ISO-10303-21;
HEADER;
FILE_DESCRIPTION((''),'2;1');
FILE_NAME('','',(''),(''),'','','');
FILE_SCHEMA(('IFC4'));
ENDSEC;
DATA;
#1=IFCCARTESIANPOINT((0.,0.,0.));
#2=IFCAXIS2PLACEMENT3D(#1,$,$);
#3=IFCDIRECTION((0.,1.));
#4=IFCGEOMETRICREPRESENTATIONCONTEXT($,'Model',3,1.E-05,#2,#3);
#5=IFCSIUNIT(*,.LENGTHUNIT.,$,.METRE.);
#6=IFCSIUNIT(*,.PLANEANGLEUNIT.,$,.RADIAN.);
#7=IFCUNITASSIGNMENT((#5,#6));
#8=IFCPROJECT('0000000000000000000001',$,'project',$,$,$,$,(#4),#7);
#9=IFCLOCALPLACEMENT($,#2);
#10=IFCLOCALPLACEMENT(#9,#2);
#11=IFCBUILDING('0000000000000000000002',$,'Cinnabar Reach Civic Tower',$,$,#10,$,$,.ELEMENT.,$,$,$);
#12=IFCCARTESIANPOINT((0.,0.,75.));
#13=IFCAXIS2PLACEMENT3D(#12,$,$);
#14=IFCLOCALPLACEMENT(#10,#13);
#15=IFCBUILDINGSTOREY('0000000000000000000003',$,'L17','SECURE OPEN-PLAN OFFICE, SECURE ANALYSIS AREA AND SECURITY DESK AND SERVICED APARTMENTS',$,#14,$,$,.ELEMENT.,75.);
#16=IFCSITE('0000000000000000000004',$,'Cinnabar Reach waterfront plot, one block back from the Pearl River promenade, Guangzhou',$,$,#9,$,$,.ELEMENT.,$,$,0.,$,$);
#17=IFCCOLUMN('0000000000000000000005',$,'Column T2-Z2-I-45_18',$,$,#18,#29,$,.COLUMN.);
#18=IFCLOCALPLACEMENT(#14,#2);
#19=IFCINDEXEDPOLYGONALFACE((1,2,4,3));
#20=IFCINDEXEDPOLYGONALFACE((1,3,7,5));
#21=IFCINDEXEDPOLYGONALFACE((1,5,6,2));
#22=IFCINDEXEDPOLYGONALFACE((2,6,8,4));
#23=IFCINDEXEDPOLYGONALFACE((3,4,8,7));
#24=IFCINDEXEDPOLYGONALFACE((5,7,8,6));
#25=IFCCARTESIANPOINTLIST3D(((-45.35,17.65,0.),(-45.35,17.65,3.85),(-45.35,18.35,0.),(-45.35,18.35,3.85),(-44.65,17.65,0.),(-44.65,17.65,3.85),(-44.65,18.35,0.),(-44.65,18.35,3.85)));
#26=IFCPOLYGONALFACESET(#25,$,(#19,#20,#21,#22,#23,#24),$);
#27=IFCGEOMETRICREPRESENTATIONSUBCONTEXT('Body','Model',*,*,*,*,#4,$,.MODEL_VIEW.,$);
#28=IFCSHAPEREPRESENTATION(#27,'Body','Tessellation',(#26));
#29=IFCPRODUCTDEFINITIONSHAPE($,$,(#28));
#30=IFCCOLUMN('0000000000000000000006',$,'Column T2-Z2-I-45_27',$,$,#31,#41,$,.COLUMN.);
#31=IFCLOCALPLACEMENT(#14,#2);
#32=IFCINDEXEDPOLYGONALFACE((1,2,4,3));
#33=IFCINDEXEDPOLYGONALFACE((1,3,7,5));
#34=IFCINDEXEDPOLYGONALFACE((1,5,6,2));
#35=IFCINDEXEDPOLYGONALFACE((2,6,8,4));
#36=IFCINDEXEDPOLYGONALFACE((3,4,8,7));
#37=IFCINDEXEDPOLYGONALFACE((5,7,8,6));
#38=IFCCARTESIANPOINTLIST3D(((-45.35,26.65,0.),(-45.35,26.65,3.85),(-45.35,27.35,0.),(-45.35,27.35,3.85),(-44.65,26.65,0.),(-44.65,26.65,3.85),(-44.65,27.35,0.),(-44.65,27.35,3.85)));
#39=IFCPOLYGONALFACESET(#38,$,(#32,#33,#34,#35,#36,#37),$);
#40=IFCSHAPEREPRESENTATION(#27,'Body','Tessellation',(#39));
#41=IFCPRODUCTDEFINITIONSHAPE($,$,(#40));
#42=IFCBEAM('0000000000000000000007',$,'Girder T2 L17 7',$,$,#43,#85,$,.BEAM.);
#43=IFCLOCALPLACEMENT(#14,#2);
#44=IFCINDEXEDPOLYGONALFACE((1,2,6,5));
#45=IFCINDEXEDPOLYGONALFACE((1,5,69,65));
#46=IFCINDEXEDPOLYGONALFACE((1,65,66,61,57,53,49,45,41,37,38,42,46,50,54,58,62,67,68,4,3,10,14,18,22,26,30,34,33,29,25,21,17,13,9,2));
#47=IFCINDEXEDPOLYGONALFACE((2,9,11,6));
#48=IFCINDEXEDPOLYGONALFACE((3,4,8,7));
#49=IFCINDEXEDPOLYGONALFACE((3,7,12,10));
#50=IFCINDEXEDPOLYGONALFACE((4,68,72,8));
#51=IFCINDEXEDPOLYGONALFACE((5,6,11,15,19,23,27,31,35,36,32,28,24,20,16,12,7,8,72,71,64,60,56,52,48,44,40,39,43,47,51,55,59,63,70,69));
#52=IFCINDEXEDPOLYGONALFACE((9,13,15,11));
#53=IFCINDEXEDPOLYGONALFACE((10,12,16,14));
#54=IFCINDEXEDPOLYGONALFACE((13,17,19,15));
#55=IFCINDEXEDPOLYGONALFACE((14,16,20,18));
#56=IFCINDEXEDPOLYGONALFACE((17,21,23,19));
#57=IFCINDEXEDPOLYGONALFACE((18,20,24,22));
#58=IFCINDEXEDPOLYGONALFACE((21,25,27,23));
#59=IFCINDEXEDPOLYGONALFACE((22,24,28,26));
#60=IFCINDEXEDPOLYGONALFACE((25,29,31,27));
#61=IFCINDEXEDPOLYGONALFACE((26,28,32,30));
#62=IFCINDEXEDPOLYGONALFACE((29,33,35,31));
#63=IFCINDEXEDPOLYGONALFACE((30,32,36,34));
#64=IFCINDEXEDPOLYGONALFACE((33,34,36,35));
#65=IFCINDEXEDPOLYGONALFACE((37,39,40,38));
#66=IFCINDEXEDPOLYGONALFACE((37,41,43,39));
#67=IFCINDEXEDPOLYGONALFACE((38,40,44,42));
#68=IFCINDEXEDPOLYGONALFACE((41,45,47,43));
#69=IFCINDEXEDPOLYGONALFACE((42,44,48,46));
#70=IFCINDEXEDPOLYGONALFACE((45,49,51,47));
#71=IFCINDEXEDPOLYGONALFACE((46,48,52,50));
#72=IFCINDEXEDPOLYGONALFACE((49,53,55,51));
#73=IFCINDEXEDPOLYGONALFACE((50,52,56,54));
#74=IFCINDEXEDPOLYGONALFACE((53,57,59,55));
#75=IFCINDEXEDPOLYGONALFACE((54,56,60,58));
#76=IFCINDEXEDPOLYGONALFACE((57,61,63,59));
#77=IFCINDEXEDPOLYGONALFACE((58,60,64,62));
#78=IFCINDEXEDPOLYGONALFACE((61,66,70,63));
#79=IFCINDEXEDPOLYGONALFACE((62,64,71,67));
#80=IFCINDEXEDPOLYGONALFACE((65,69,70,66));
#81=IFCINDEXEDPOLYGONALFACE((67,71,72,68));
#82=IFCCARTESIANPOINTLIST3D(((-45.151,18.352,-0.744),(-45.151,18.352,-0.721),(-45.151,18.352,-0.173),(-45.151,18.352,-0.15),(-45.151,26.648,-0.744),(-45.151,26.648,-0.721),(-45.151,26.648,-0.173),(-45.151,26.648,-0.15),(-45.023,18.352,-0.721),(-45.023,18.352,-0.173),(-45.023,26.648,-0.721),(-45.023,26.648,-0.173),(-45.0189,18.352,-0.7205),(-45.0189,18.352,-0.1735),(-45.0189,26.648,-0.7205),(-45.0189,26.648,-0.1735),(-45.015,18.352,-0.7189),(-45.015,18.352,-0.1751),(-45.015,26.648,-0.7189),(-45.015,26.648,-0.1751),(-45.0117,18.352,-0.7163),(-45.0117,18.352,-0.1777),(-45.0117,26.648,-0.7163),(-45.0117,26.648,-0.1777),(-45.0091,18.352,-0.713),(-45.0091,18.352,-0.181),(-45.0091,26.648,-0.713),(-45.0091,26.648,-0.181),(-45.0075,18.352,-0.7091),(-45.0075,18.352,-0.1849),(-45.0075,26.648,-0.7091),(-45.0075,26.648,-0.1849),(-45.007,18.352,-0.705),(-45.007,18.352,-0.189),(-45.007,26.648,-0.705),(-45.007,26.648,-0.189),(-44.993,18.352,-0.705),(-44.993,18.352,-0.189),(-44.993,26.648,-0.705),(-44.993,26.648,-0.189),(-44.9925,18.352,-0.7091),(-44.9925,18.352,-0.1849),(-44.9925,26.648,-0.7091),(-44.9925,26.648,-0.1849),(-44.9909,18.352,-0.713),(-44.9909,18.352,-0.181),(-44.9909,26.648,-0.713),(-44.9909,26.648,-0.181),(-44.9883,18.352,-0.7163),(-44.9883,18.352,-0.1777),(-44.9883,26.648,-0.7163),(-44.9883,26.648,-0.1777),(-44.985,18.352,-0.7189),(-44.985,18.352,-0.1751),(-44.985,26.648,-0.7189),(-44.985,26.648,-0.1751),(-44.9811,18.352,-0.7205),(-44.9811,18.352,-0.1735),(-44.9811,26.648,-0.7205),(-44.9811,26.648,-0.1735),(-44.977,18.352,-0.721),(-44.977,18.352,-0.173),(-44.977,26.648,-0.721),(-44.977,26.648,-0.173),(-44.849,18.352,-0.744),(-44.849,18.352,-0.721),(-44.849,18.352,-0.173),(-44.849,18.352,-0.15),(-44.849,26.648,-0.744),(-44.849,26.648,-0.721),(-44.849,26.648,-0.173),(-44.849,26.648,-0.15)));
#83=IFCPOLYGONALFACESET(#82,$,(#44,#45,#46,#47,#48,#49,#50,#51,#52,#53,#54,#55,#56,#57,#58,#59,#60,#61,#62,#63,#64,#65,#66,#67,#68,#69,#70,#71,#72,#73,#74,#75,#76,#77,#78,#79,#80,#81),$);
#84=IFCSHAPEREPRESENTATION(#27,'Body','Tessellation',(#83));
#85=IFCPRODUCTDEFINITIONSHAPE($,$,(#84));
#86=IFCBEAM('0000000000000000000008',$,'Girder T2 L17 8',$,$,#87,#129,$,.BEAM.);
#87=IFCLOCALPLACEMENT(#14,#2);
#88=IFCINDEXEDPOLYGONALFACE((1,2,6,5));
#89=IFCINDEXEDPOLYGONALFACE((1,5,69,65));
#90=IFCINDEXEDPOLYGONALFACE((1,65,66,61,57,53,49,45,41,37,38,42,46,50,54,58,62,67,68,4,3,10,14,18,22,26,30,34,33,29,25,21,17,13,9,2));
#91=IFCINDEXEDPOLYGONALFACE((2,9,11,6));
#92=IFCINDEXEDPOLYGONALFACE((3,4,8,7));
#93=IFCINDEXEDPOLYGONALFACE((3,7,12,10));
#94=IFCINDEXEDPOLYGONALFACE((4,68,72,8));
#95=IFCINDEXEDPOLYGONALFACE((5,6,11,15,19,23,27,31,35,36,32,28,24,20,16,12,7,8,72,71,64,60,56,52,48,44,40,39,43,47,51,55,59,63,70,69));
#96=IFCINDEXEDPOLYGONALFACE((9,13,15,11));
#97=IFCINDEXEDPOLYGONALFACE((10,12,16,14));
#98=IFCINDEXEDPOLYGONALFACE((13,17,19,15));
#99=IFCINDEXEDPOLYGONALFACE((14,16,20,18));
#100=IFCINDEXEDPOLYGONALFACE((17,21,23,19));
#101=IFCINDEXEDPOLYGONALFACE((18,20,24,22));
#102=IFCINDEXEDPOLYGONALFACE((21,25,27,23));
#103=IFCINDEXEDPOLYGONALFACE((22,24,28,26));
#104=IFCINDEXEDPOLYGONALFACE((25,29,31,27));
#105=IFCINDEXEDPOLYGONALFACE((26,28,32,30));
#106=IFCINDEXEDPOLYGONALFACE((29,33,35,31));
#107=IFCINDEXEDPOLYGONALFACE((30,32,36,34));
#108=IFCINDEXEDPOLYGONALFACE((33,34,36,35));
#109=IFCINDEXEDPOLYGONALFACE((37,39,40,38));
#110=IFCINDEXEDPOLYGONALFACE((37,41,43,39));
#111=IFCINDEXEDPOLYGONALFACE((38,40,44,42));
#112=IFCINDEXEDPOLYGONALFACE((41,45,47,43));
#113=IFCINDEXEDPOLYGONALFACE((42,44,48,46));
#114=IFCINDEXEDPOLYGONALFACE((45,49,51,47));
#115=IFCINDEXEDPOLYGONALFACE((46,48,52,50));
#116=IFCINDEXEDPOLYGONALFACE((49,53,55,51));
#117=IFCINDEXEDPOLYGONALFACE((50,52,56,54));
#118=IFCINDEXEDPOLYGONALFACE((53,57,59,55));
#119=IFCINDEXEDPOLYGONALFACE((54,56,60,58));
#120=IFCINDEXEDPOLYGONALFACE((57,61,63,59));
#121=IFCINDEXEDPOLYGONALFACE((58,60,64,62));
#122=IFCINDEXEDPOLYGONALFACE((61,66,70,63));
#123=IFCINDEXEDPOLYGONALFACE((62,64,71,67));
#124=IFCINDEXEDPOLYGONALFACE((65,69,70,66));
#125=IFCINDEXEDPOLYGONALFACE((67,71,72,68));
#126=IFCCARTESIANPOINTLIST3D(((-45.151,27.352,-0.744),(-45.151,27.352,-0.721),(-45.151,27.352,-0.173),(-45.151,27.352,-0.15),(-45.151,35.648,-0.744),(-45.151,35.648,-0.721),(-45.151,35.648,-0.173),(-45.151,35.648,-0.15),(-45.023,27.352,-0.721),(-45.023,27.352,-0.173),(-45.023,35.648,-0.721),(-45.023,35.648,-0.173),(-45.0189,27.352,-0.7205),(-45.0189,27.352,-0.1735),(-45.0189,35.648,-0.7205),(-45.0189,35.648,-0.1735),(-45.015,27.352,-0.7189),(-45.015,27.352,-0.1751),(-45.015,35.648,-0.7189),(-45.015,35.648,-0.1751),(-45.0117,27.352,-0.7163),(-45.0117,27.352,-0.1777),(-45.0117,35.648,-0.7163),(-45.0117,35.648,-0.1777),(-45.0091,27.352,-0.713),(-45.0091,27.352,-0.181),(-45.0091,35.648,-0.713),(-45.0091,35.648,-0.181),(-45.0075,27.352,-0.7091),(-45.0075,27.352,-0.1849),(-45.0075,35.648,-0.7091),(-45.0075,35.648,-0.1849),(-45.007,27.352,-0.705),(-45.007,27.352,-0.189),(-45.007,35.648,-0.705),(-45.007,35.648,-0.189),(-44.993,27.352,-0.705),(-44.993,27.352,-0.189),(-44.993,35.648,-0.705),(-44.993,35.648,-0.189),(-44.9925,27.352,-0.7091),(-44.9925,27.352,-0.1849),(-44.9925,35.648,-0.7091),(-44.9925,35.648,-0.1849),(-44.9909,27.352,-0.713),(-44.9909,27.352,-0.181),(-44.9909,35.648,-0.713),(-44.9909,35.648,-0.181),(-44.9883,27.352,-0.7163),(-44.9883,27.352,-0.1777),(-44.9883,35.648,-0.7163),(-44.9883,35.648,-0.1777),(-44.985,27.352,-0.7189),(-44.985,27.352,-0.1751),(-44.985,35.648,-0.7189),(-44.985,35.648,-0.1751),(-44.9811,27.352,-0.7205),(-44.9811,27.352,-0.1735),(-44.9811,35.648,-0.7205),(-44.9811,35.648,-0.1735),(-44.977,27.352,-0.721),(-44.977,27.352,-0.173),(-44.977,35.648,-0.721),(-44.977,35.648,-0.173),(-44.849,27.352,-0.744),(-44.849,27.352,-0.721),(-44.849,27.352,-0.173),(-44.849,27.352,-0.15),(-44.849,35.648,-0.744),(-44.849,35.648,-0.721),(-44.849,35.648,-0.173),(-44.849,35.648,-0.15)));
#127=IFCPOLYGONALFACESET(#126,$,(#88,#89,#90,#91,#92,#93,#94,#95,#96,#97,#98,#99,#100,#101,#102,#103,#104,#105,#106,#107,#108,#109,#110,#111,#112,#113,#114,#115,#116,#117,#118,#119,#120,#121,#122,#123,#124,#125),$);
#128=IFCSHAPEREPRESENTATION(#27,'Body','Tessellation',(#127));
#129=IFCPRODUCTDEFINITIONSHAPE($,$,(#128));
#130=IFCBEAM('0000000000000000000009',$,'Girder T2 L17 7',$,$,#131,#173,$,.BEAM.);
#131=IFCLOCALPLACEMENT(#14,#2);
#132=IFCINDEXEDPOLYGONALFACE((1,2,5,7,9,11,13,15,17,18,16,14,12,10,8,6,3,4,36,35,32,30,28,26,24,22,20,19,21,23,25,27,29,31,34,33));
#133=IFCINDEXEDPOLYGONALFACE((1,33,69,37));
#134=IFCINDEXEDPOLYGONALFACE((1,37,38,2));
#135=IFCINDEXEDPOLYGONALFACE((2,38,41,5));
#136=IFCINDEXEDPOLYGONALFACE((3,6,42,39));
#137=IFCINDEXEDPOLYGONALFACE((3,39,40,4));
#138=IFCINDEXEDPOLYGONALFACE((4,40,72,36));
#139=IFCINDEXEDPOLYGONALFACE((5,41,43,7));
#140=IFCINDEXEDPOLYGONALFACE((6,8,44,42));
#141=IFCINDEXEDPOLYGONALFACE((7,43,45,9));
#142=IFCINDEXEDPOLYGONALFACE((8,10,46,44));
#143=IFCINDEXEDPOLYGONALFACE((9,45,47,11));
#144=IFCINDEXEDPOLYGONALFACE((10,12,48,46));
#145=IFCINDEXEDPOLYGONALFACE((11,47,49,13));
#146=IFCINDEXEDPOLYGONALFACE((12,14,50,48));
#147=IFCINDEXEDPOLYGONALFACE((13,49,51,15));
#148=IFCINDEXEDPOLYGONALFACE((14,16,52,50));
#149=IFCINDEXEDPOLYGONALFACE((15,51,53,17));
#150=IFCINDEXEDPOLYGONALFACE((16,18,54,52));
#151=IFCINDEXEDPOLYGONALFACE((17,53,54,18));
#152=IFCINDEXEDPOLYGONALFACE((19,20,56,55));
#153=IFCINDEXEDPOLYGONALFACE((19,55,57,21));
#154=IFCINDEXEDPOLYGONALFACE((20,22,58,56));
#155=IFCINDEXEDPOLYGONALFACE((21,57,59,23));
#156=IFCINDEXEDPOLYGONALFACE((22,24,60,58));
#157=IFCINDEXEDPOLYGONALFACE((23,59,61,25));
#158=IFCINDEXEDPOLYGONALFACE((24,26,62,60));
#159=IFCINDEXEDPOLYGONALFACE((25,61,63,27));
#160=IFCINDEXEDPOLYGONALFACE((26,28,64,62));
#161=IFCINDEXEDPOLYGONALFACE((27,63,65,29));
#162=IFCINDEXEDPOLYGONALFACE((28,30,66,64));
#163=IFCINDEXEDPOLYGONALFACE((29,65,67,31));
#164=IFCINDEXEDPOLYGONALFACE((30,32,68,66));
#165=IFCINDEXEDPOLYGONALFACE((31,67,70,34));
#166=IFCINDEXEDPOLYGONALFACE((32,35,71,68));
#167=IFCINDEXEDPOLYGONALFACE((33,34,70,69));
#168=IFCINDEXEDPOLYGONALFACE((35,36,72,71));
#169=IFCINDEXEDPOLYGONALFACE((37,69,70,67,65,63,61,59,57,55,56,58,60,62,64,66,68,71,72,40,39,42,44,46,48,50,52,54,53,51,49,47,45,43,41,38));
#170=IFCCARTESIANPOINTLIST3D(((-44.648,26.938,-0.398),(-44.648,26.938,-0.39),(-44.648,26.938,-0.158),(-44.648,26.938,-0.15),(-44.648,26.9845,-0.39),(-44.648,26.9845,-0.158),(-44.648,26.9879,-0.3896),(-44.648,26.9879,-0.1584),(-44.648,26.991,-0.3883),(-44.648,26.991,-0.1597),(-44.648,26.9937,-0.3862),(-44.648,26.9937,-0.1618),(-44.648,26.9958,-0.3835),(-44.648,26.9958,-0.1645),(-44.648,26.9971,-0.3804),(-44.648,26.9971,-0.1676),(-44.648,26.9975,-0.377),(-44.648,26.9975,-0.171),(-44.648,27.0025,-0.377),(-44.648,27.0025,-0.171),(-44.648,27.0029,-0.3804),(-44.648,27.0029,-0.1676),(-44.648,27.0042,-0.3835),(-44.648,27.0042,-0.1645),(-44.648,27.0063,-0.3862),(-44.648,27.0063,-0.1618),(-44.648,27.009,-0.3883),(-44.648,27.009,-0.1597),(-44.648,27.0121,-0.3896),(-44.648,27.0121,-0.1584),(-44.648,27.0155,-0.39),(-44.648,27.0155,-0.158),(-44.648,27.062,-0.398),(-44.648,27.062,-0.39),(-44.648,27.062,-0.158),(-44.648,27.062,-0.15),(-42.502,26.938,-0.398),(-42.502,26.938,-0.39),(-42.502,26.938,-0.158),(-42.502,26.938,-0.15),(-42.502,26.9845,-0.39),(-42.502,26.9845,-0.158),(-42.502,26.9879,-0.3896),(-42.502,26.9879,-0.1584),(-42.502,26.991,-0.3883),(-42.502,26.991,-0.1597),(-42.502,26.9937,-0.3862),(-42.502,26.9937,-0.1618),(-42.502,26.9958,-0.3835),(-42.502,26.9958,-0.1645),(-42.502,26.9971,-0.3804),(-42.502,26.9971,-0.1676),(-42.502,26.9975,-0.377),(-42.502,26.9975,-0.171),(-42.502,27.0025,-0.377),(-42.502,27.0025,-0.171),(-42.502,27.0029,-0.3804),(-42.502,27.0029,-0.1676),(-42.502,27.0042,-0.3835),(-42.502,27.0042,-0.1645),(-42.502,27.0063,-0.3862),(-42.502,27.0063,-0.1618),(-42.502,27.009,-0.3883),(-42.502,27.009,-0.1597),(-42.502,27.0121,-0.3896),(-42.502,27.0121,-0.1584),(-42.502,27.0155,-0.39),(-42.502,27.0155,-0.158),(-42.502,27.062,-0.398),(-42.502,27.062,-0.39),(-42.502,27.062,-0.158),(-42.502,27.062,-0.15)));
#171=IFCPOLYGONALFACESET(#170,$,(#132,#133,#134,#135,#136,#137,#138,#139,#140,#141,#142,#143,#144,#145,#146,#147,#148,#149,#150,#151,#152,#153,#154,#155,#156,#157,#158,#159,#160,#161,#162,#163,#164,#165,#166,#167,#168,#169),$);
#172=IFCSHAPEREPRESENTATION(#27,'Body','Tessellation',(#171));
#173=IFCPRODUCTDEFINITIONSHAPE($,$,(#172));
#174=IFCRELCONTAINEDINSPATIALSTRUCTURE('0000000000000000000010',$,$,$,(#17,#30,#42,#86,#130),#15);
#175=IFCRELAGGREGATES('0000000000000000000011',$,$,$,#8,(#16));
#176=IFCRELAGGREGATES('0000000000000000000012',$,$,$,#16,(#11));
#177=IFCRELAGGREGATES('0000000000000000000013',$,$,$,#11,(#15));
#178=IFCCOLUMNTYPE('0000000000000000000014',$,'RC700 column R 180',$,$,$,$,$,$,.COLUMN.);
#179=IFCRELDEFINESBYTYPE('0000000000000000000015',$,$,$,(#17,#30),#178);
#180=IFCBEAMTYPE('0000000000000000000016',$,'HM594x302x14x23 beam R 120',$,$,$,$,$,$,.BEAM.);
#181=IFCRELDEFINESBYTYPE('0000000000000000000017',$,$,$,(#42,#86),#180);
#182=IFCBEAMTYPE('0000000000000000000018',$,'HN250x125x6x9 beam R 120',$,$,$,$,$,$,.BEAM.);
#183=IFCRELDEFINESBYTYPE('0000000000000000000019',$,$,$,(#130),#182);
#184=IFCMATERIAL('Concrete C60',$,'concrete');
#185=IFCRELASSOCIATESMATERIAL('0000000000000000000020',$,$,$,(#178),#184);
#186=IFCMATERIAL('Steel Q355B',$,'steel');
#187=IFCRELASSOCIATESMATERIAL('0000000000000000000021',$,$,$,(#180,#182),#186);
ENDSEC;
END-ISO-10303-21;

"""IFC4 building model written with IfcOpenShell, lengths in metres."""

from ifc_helpers import new_model, si_unit, direction, frame, origin, origin_2d, place, context, subcontext, project, spatial, rectangle, i_section, extrude, material, material_profile, profile_set, type_object, element, save


model = new_model("IFC4")

# Units and contexts
model_context = context("Model", 3, precision=1e-05, world=origin(), true_north=direction((0.0, 1.0)))
body_context = subcontext(model_context, "Body", "Model", "MODEL_VIEW")
ifc_project = project(units=[si_unit("LENGTHUNIT", "METRE"), si_unit("PLANEANGLEUNIT", "RADIAN")], contexts=[model_context])

# Site, building, storey
site_placement = place(None, origin())
site = spatial("IfcSite", under=ifc_project, at=site_placement, Name="Cinnabar Reach waterfront plot, one block back from the Pearl River promenade, Guangzhou", CompositionType="ELEMENT", RefElevation=0.0)
building_placement = place(site_placement, origin())
building = spatial("IfcBuilding", under=site, at=building_placement, Name="Cinnabar Reach Civic Tower", CompositionType="ELEMENT")
storey_placement = place(building_placement, frame((0.0, 0.0, 75.0)))
storey = spatial("IfcBuildingStorey", under=building, at=storey_placement, Name="L17", Description="SECURE OPEN-PLAN OFFICE, SECURE ANALYSIS AREA AND SECURITY DESK AND SERVICED APARTMENTS", CompositionType="ELEMENT", Elevation=75.0)

# Columns
ifc_material_1 = material(Name="Concrete C60", Category="concrete")
ifc_material_profile_1 = material_profile(ifc_material_1, rectangle(XDim=0.7, YDim=0.7, at=origin_2d()), Name="RC700")
ifc_profile_set_1 = profile_set([ifc_material_profile_1], Name="Concrete C60")
column_type = type_object("IfcColumnType", Name="RC700 column R 180", PredefinedType="COLUMN", material=ifc_profile_set_1)
for number, where, z_axis, x_axis, name in (
    (1, (-45.0, 18.0, 0.0), (0.0, 0.0, 1.0), (1.0, 0.0, 0.0), "Column T2-Z2-I-45_18"),
    (2, (-45.0, 27.0, 0.0), (0.0, 0.0, 1.0), (1.0, 0.0, 0.0), "Column T2-Z2-I-45_27"),
):
    element("IfcColumn", number, at=place(storey_placement, frame(where, z_axis=z_axis, x_axis=x_axis)), inside=storey, type_object=column_type, Name=name, PredefinedType="COLUMN", context=body_context, shape_type="SweptSolid", body=[
        extrude(rectangle(XDim=0.7, YDim=0.7, at=origin_2d()), origin(), (0.0, 0.0, 1.0), 3.85),
    ])

# Beams
ifc_material_2 = material(Name="Steel Q355B", Category="steel")
ifc_material_profile_2 = material_profile(ifc_material_2, i_section(OverallWidth=0.302, OverallDepth=0.594, WebThickness=0.014, FlangeThickness=0.023, FilletRadius=0.016, at=origin_2d()), Name="HM594x302x14x23")
ifc_profile_set_2 = profile_set([ifc_material_profile_2], Name="Steel Q355B")
beam_type_1 = type_object("IfcBeamType", Name="HM594x302x14x23 beam R 120", PredefinedType="BEAM", material=ifc_profile_set_2)
for number, where, z_axis, x_axis, name in (
    (3, (-45.0, 18.352, -0.447), (0.0, 1.0, 0.0), (-1.0, 0.0, 0.0), "Girder T2 L17 7"),
    (4, (-45.0, 27.352, -0.447), (0.0, 1.0, 0.0), (-1.0, 0.0, 0.0), "Girder T2 L17 8"),
):
    element("IfcBeam", number, at=place(storey_placement, frame(where, z_axis=z_axis, x_axis=x_axis)), inside=storey, type_object=beam_type_1, Name=name, PredefinedType="BEAM", context=body_context, shape_type="SweptSolid", body=[
        extrude(i_section(OverallWidth=0.302, OverallDepth=0.594, WebThickness=0.014, FlangeThickness=0.023, FilletRadius=0.016, at=origin_2d()), origin(), (0.0, 0.0, 1.0), 8.296),
    ])
ifc_material_profile_3 = material_profile(ifc_material_2, i_section(OverallWidth=0.124, OverallDepth=0.248, WebThickness=0.005, FlangeThickness=0.008, FilletRadius=0.013, at=origin_2d()), Name="HN250x125x6x9")
ifc_profile_set_3 = profile_set([ifc_material_profile_3], Name="Steel Q355B")
beam_type_2 = type_object("IfcBeamType", Name="HN250x125x6x9 beam R 120", PredefinedType="BEAM", material=ifc_profile_set_3)
beam_1_placement = place(storey_placement, frame((-44.648, 27.0, -0.274), z_axis=(1.0, 0.0, 0.0), x_axis=(0.0, 1.0, 0.0)))
element("IfcBeam", 5, at=beam_1_placement, inside=storey, type_object=beam_type_2, Name="Girder T2 L17 7", PredefinedType="BEAM", context=body_context, shape_type="SweptSolid", body=[
    extrude(i_section(OverallWidth=0.124, OverallDepth=0.248, WebThickness=0.005, FlangeThickness=0.008, FilletRadius=0.013, at=origin_2d()), origin(), (0.0, 0.0, 1.0), 2.146),
])

save(model, "model.ifc")
